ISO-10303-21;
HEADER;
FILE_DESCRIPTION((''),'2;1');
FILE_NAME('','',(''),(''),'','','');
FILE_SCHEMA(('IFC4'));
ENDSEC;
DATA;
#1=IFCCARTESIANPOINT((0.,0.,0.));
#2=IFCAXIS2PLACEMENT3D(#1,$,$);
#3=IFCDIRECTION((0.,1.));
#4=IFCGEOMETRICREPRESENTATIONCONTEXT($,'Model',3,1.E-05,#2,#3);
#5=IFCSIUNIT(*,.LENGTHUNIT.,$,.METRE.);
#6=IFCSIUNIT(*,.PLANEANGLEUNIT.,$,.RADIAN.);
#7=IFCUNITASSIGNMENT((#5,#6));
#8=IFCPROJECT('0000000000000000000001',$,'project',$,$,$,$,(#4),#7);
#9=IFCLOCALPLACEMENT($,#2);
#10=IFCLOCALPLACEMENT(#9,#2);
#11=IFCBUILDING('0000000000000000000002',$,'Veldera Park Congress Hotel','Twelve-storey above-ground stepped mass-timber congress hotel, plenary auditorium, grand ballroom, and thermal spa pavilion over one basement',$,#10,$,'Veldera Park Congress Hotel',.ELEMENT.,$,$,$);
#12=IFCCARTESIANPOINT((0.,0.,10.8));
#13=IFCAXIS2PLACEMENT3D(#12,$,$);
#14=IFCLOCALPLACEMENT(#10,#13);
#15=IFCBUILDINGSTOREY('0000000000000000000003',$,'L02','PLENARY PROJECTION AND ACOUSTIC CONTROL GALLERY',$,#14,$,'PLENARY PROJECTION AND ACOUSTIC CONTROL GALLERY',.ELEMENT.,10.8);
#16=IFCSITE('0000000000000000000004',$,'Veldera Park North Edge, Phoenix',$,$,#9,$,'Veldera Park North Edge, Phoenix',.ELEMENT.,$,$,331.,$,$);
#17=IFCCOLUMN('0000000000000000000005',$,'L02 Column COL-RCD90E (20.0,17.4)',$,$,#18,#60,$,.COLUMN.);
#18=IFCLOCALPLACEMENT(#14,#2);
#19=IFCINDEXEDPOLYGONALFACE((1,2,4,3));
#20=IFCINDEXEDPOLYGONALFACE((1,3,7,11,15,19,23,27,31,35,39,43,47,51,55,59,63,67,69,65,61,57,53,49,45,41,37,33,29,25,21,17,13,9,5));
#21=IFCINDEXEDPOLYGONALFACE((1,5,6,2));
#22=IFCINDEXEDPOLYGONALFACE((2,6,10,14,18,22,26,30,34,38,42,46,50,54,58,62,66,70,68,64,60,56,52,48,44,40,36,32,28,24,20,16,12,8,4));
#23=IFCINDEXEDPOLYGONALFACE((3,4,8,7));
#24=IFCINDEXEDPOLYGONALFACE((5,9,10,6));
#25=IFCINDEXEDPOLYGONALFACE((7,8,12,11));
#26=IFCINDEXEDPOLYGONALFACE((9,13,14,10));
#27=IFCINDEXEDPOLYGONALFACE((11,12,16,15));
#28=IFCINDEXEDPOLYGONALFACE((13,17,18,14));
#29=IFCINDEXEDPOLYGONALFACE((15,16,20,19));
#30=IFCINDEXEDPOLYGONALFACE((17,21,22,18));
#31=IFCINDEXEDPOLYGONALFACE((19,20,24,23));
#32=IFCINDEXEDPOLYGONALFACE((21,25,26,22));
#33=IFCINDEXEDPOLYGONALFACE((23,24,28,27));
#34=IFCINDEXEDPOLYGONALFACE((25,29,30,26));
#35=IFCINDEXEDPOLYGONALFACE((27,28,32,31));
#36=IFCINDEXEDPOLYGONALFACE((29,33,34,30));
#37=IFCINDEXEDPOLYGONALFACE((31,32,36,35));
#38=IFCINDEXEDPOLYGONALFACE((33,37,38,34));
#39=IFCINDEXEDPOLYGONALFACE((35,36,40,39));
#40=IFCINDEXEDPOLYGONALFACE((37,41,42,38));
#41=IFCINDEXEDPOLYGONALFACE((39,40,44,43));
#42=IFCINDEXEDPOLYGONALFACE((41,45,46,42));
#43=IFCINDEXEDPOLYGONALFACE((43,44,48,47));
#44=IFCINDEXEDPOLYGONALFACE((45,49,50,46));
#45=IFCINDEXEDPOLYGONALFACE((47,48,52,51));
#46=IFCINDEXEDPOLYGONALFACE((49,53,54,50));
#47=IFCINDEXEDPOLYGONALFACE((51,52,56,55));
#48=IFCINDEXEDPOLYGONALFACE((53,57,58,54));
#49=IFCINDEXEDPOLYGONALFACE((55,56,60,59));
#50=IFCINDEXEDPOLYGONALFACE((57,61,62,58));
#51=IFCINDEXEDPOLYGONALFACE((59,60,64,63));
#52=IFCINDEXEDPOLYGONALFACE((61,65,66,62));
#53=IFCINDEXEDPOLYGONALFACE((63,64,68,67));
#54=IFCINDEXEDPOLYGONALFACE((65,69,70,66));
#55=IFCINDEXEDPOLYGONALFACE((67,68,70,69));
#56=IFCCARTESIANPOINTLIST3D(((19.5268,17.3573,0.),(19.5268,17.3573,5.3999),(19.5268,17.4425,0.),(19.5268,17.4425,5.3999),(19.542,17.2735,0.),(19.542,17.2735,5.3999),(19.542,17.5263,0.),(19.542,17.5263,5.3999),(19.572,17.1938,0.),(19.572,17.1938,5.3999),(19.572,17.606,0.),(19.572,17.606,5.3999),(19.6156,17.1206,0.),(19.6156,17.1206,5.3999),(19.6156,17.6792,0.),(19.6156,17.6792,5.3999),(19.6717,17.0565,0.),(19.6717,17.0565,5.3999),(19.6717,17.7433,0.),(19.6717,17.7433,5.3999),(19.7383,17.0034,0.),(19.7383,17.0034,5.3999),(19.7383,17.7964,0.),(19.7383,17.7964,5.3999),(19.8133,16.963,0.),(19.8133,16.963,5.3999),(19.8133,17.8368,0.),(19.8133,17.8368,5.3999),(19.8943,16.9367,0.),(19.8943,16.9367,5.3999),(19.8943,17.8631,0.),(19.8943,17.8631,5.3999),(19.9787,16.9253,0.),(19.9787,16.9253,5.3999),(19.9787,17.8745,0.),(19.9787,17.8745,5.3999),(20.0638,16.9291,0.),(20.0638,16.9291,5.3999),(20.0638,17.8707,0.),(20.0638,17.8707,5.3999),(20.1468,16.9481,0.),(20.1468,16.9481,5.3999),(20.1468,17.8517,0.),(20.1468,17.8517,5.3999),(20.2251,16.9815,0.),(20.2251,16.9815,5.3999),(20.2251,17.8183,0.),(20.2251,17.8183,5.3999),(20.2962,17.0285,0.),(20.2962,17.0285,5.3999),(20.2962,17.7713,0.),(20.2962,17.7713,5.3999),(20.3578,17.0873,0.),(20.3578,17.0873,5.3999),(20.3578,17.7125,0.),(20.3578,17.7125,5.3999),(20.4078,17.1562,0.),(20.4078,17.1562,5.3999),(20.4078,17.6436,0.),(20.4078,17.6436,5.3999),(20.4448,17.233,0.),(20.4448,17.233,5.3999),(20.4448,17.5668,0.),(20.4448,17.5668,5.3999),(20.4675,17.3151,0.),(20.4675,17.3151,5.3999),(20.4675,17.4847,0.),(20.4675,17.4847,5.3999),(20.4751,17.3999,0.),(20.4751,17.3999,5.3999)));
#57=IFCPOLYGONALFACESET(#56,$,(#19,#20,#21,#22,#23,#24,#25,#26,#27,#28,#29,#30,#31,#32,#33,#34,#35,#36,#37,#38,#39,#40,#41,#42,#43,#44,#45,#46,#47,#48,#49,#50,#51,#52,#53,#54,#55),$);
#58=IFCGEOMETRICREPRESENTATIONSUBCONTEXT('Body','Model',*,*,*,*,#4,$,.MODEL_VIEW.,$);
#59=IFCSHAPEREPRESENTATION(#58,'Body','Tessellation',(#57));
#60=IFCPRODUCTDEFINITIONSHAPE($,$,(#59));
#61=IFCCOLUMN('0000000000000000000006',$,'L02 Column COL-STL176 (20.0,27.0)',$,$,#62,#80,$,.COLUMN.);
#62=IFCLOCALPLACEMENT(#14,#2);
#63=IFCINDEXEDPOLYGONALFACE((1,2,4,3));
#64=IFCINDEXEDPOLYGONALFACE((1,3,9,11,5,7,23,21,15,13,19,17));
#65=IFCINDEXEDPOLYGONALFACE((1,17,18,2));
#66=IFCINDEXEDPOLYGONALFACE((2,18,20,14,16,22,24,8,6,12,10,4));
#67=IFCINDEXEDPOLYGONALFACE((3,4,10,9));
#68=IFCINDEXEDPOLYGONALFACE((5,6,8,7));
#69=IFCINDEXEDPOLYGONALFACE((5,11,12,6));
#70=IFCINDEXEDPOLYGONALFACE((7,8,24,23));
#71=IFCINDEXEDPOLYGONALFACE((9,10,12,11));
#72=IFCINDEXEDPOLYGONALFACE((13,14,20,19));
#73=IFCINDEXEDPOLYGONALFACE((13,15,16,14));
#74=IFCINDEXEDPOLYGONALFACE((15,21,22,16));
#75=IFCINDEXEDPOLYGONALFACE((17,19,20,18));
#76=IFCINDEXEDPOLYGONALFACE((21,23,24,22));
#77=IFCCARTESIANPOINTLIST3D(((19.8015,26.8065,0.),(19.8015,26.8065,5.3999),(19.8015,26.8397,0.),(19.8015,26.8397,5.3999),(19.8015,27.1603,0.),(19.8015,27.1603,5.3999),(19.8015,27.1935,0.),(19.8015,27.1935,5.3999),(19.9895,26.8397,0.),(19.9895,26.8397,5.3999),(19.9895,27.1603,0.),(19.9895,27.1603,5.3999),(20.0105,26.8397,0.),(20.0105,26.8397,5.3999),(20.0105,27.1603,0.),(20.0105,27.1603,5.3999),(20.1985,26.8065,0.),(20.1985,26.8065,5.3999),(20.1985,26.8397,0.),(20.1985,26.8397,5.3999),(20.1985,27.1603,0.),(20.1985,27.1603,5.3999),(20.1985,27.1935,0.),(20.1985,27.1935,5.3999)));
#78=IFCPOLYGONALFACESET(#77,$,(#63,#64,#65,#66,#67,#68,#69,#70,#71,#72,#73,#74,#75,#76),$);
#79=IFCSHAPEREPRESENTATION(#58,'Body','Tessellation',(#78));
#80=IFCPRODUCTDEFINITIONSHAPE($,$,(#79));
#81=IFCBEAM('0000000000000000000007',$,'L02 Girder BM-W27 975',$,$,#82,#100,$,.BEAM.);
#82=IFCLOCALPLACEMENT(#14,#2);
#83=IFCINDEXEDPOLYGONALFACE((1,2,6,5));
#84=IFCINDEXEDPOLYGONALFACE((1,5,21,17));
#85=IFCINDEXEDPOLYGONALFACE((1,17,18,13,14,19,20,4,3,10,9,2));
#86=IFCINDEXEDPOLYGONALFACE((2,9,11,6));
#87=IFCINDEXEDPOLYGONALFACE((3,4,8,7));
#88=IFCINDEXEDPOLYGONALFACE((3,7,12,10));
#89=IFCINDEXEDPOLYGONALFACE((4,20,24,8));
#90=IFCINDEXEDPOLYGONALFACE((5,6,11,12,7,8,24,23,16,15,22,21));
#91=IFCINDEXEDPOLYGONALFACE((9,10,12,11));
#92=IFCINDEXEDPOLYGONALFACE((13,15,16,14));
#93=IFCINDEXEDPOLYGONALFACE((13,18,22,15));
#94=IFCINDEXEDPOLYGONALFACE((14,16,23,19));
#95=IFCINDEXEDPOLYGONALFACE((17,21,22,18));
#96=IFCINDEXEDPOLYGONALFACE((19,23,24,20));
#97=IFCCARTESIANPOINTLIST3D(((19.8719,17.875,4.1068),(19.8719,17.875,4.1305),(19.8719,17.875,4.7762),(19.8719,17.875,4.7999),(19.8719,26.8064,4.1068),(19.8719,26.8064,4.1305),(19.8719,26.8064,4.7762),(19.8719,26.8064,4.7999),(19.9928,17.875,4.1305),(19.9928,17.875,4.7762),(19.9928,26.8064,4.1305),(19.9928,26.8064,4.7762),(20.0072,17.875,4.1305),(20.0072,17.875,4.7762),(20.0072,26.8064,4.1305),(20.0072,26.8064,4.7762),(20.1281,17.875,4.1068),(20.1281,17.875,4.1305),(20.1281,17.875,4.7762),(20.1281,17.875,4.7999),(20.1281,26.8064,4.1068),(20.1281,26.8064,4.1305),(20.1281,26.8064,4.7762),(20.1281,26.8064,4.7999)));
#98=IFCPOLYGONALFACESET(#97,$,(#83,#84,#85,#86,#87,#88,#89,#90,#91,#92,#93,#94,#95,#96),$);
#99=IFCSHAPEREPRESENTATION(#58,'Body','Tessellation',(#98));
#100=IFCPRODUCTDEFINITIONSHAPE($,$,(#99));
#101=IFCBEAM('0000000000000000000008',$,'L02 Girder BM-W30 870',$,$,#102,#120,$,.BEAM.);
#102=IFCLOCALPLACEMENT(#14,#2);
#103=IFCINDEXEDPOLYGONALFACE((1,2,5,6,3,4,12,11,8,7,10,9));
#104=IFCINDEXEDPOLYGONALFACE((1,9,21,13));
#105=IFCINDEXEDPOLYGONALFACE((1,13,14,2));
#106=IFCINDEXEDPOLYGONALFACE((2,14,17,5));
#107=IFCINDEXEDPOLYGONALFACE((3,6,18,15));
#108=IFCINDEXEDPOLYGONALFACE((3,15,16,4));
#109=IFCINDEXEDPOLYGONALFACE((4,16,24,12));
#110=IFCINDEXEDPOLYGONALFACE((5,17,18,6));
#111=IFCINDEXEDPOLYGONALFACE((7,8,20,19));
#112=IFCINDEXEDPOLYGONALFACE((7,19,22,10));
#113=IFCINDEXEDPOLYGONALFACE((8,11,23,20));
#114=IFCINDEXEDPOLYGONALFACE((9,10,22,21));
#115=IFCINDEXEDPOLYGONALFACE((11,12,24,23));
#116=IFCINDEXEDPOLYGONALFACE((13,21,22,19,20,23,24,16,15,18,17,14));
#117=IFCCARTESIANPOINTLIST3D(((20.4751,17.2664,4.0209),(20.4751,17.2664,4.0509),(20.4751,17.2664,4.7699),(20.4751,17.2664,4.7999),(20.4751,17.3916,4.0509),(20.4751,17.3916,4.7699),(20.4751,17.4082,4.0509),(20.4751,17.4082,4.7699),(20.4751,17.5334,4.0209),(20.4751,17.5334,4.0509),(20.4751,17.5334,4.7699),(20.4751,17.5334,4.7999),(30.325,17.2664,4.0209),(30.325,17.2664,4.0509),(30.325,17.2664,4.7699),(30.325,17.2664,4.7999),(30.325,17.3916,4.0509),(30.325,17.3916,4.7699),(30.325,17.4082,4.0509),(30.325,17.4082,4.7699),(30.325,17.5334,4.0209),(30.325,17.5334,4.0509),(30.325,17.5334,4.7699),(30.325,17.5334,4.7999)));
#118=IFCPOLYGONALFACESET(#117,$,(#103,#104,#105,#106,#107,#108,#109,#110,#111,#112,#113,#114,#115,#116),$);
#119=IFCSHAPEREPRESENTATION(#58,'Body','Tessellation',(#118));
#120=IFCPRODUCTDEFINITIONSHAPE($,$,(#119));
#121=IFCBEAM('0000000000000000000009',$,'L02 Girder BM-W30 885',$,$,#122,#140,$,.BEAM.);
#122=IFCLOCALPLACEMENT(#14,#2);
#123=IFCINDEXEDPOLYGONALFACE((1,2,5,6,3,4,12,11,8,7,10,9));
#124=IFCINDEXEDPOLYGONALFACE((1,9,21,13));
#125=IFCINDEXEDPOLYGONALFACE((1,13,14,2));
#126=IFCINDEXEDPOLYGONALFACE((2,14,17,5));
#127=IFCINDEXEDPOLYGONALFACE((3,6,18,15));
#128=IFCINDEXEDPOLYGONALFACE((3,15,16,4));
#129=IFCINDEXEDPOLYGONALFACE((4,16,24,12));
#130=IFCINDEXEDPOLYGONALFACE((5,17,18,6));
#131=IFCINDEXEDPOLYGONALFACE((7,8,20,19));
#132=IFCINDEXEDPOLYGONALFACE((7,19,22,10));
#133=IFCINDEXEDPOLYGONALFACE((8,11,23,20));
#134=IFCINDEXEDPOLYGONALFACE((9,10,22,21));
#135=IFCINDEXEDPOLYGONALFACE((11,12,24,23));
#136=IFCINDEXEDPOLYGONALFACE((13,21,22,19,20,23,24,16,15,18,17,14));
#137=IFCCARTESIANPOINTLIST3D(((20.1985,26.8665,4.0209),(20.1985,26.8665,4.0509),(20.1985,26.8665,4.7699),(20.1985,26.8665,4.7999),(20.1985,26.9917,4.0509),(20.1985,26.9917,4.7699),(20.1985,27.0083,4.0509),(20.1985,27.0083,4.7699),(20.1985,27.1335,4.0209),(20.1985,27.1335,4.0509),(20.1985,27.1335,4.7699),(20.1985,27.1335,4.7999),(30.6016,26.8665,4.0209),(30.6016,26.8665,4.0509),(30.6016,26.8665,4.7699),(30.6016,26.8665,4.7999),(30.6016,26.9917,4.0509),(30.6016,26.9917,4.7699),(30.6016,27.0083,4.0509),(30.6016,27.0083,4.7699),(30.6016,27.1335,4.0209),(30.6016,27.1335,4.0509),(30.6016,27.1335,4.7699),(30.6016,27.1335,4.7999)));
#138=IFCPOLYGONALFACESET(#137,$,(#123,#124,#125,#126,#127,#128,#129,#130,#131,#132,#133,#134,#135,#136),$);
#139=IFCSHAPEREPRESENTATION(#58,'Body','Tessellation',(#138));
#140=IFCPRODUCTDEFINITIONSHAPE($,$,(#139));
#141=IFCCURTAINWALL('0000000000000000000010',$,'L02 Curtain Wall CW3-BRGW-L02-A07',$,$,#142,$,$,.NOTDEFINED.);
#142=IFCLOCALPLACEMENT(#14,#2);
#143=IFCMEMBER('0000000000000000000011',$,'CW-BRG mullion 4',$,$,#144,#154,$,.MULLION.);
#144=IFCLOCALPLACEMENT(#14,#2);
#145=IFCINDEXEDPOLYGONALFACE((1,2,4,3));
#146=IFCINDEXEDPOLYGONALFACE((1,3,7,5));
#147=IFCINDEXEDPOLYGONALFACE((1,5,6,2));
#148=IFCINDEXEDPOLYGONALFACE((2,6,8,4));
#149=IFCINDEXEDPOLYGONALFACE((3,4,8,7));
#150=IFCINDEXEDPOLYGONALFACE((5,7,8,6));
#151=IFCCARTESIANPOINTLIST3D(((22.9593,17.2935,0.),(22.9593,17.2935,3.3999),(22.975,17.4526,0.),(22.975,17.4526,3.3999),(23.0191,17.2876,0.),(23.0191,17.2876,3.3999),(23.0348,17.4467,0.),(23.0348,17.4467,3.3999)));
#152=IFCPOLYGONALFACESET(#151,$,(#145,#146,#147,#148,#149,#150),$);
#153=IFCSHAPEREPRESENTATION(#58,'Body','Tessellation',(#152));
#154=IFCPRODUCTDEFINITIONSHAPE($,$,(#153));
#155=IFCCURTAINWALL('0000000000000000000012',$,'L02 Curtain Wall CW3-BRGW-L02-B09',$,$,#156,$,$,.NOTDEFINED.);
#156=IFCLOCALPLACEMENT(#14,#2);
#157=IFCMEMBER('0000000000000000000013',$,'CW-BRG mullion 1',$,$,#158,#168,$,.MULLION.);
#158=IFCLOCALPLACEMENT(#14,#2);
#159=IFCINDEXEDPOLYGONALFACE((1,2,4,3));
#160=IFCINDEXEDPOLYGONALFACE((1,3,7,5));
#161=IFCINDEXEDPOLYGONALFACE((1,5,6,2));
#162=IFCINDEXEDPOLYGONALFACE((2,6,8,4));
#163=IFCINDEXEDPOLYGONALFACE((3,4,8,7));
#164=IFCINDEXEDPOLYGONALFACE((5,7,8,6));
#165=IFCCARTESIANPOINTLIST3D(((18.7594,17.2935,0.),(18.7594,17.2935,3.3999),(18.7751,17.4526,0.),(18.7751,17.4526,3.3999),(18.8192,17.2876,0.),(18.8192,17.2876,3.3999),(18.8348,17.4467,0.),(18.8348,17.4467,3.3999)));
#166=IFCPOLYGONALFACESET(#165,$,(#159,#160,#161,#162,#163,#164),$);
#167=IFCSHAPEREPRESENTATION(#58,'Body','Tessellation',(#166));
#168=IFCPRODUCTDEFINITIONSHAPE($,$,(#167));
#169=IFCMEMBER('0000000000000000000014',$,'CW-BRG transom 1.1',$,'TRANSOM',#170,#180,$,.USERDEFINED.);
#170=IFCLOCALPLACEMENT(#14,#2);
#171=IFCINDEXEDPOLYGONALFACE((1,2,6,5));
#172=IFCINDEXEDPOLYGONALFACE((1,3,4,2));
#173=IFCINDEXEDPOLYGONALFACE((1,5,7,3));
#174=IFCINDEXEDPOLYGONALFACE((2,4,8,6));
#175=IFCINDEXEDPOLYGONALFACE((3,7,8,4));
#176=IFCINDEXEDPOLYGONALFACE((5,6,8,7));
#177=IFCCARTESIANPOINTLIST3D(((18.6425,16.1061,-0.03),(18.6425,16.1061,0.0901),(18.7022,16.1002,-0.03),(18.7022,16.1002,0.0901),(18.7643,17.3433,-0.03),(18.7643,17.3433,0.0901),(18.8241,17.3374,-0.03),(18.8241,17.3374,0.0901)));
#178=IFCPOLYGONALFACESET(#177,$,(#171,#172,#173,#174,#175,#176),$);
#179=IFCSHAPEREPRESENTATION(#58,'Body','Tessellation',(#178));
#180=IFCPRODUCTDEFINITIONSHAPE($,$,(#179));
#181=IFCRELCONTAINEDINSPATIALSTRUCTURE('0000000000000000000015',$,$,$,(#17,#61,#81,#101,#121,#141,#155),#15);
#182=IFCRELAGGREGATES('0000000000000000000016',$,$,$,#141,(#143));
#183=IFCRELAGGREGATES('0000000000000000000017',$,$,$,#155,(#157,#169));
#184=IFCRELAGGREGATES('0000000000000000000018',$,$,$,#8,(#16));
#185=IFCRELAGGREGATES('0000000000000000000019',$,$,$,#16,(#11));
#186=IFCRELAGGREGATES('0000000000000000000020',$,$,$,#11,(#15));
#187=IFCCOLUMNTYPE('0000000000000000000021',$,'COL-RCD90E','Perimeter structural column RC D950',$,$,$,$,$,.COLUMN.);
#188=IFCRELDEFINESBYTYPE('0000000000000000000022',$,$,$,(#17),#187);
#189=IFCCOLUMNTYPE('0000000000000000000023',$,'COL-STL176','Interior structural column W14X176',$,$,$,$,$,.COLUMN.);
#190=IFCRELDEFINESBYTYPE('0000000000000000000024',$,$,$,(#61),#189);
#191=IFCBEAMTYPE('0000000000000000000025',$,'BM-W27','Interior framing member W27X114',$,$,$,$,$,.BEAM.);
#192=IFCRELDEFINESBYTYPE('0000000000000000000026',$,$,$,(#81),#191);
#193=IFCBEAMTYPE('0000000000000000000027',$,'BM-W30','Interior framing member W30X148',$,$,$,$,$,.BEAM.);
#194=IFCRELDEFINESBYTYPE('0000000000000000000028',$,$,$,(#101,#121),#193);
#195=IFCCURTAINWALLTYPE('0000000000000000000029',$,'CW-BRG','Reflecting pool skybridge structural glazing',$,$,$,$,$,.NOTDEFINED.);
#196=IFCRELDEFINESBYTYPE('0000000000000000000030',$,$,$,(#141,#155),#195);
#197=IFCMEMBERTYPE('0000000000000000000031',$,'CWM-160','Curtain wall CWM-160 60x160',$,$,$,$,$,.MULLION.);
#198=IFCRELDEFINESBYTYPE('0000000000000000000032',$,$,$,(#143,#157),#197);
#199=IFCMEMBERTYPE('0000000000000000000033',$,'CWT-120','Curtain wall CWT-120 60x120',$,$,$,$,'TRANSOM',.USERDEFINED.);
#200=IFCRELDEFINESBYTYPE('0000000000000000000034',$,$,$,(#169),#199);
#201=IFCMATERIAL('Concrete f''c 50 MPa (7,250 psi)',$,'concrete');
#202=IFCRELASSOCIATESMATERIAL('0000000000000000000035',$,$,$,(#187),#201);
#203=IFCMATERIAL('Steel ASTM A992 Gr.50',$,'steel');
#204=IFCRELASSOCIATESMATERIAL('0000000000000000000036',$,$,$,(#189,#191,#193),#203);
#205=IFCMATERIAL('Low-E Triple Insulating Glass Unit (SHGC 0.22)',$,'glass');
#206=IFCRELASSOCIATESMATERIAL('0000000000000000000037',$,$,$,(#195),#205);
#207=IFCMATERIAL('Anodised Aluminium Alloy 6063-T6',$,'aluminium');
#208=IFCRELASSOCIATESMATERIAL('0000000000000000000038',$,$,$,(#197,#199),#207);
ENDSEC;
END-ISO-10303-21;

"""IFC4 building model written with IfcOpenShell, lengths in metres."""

from ifc_helpers import new_model, si_unit, direction, frame, origin, origin_2d, place, context, subcontext, project, spatial, rectangle, circle, i_section, extrude, material, material_profile, profile_set, type_object, element, aggregate, save


model = new_model("IFC4")

# Units and contexts
model_context = context("Model", 3, precision=1e-05, world=origin(), true_north=direction((0.0, 1.0)))
body_context = subcontext(model_context, "Body", "Model", "MODEL_VIEW")
ifc_project = project(units=[si_unit("LENGTHUNIT", "METRE"), si_unit("PLANEANGLEUNIT", "RADIAN")], contexts=[model_context])

# Site, building, storey
site_placement = place(None, origin())
site = spatial("IfcSite", under=ifc_project, at=site_placement, Name="Veldera Park North Edge, Phoenix", LongName="Veldera Park North Edge, Phoenix", CompositionType="ELEMENT", RefElevation=331.0)
building_placement = place(site_placement, origin())
building = spatial("IfcBuilding", under=site, at=building_placement, Name="Veldera Park Congress Hotel", Description="Twelve-storey above-ground stepped mass-timber congress hotel, plenary auditorium, grand ballroom, and thermal spa pavilion over one basement", LongName="Veldera Park Congress Hotel", CompositionType="ELEMENT")
storey_placement = place(building_placement, frame((0.0, 0.0, 10.8)))
storey = spatial("IfcBuildingStorey", under=building, at=storey_placement, Name="L02", Description="PLENARY PROJECTION AND ACOUSTIC CONTROL GALLERY", LongName="PLENARY PROJECTION AND ACOUSTIC CONTROL GALLERY", CompositionType="ELEMENT", Elevation=10.8)

# Columns
ifc_material_1 = material(Name="Concrete f'c 50 MPa (7,250 psi)", Category="concrete")
ifc_material_profile_1 = material_profile(ifc_material_1, circle(Radius=0.4751, at=origin_2d()), Name="RC D950")
ifc_profile_set_1 = profile_set([ifc_material_profile_1], Name="Concrete f'c 50 MPa (7,250 psi)")
column_type_1 = type_object("IfcColumnType", Name="COL-RCD90E", Description="Perimeter structural column RC D950", PredefinedType="COLUMN", material=ifc_profile_set_1)
column_1_placement = place(storey_placement, frame((20.0, 17.3999, 0.0), z_axis=(0.0, 0.0, 1.0), x_axis=(1.0, 0.0, 0.0)))
element("IfcColumn", 1, at=column_1_placement, inside=storey, type_object=column_type_1, Name="L02 Column COL-RCD90E (20.0,17.4)", PredefinedType="COLUMN", context=body_context, shape_type="SweptSolid", body=[
    extrude(circle(Radius=0.4751, at=origin_2d()), origin(), (0.0, 0.0, 1.0), 5.3999),
])
ifc_material_2 = material(Name="Steel ASTM A992 Gr.50", Category="steel")
ifc_material_profile_2 = material_profile(ifc_material_2, i_section(OverallWidth=0.397, OverallDepth=0.387, WebThickness=0.021, FlangeThickness=0.0332, at=origin_2d()), Name="W14X176")
ifc_profile_set_2 = profile_set([ifc_material_profile_2], Name="Steel ASTM A992 Gr.50")
column_type_2 = type_object("IfcColumnType", Name="COL-STL176", Description="Interior structural column W14X176", PredefinedType="COLUMN", material=ifc_profile_set_2)
column_2_placement = place(storey_placement, frame((20.0, 27.0, 0.0), z_axis=(0.0, 0.0, 1.0), x_axis=(1.0, 0.0, 0.0)))
element("IfcColumn", 2, at=column_2_placement, inside=storey, type_object=column_type_2, Name="L02 Column COL-STL176 (20.0,27.0)", PredefinedType="COLUMN", context=body_context, shape_type="SweptSolid", body=[
    extrude(i_section(OverallWidth=0.397, OverallDepth=0.387, WebThickness=0.021, FlangeThickness=0.0332, at=origin_2d()), origin(), (0.0, 0.0, 1.0), 5.3999),
])

# Beams
ifc_material_profile_3 = material_profile(ifc_material_2, i_section(OverallWidth=0.2561, OverallDepth=0.6931, WebThickness=0.0144, FlangeThickness=0.0237, at=origin_2d()), Name="W27X114")
ifc_profile_set_3 = profile_set([ifc_material_profile_3], Name="Steel ASTM A992 Gr.50")
beam_type_1 = type_object("IfcBeamType", Name="BM-W27", Description="Interior framing member W27X114", PredefinedType="BEAM", material=ifc_profile_set_3)
beam_1_placement = place(storey_placement, frame((20.0, 17.875, 4.4534), z_axis=(0.0, 1.0, 0.0), x_axis=(-1.0, 0.0, 0.0)))
element("IfcBeam", 3, at=beam_1_placement, inside=storey, type_object=beam_type_1, Name="L02 Girder BM-W27 975", PredefinedType="BEAM", context=body_context, shape_type="SweptSolid", body=[
    extrude(i_section(OverallWidth=0.2561, OverallDepth=0.6931, WebThickness=0.0144, FlangeThickness=0.0237, at=origin_2d()), origin(), (0.0, 0.0, 1.0), 8.9314),
])
ifc_material_profile_4 = material_profile(ifc_material_2, i_section(OverallWidth=0.2671, OverallDepth=0.7791, WebThickness=0.0166, FlangeThickness=0.03, at=origin_2d()), Name="W30X148")
ifc_profile_set_4 = profile_set([ifc_material_profile_4], Name="Steel ASTM A992 Gr.50")
beam_type_2 = type_object("IfcBeamType", Name="BM-W30", Description="Interior framing member W30X148", PredefinedType="BEAM", material=ifc_profile_set_4)
beam_2_placement = place(storey_placement, frame((20.4751, 17.3999, 4.4104), z_axis=(1.0, 0.0, 0.0), x_axis=(0.0, 1.0, 0.0)))
element("IfcBeam", 4, at=beam_2_placement, inside=storey, type_object=beam_type_2, Name="L02 Girder BM-W30 870", PredefinedType="BEAM", context=body_context, shape_type="SweptSolid", body=[
    extrude(i_section(OverallWidth=0.2671, OverallDepth=0.7791, WebThickness=0.0166, FlangeThickness=0.03, at=origin_2d()), origin(), (0.0, 0.0, 1.0), 9.8499),
])
beam_3_placement = place(storey_placement, frame((20.1985, 27.0, 4.4104), z_axis=(1.0, 0.0, 0.0), x_axis=(0.0, 1.0, 0.0)))
element("IfcBeam", 5, at=beam_3_placement, inside=storey, type_object=beam_type_2, Name="L02 Girder BM-W30 885", PredefinedType="BEAM", context=body_context, shape_type="SweptSolid", body=[
    extrude(i_section(OverallWidth=0.2671, OverallDepth=0.7791, WebThickness=0.0166, FlangeThickness=0.03, at=origin_2d()), origin(), (0.0, 0.0, 1.0), 10.4031),
])

# Curtain wall, member
ifc_material_3 = material(Name="Low-E Triple Insulating Glass Unit (SHGC 0.22)", Category="glass")
curtain_wall_type = type_object("IfcCurtainWallType", Name="CW-BRG", Description="Reflecting pool skybridge structural glazing", PredefinedType="NOTDEFINED", material=ifc_material_3)
curtain_wall_1_placement = place(storey_placement, origin())
curtain_wall_1 = element("IfcCurtainWall", 6, at=curtain_wall_1_placement, inside=storey, type_object=curtain_wall_type, Name="L02 Curtain Wall CW3-BRGW-L02-A07", PredefinedType="NOTDEFINED")
ifc_material_4 = material(Name="Anodised Aluminium Alloy 6063-T6", Category="aluminium")
ifc_material_profile_5 = material_profile(ifc_material_4, rectangle(XDim=0.0601, YDim=0.1599, at=origin_2d()), Name="ALU 60x160")
ifc_profile_set_5 = profile_set([ifc_material_profile_5], Name="Anodised Aluminium Alloy 6063-T6")
member_type_1 = type_object("IfcMemberType", Name="CWM-160", Description="Curtain wall CWM-160 60x160", PredefinedType="MULLION", material=ifc_profile_set_5)
member_1_placement = place(storey_placement, frame((22.9971, 17.3701, 0.0), z_axis=(0.0, 0.0, 1.0), x_axis=(-0.995184, 0.098021, 0.0)))
member_1 = element("IfcMember", 7, at=member_1_placement, type_object=member_type_1, Name="CW-BRG mullion 4", PredefinedType="MULLION", context=body_context, shape_type="SweptSolid", body=[
    extrude(rectangle(XDim=0.0601, YDim=0.1599, at=origin_2d()), origin(), (0.0, 0.0, 1.0), 3.3999),
])
aggregate(curtain_wall_1, [member_1])

# Curtain wall, members
curtain_wall_2_placement = place(storey_placement, origin())
curtain_wall_2 = element("IfcCurtainWall", 8, at=curtain_wall_2_placement, inside=storey, type_object=curtain_wall_type, Name="L02 Curtain Wall CW3-BRGW-L02-B09", PredefinedType="NOTDEFINED")
member_2_placement = place(storey_placement, frame((18.7971, 17.3701, 0.0), z_axis=(0.0, 0.0, 1.0), x_axis=(0.995184, -0.098023, 0.0)))
member_2 = element("IfcMember", 9, at=member_2_placement, type_object=member_type_1, Name="CW-BRG mullion 1", PredefinedType="MULLION", context=body_context, shape_type="SweptSolid", body=[
    extrude(rectangle(XDim=0.0601, YDim=0.1599, at=origin_2d()), origin(), (0.0, 0.0, 1.0), 3.3999),
])
ifc_material_profile_6 = material_profile(ifc_material_4, rectangle(XDim=0.0601, YDim=0.1201, at=origin_2d()), Name="ALU 60x120")
ifc_profile_set_6 = profile_set([ifc_material_profile_6], Name="Anodised Aluminium Alloy 6063-T6")
member_type_2 = type_object("IfcMemberType", Name="CWT-120", Description="Curtain wall CWT-120 60x120", ElementType="TRANSOM", PredefinedType="USERDEFINED", material=ifc_profile_set_6)
member_3_placement = place(storey_placement, frame((18.7942, 17.3403, 0.03), z_axis=(-0.098006, -0.995186, 0.0), x_axis=(0.995186, -0.098006, 0.0)))
member_3 = element("IfcMember", 10, at=member_3_placement, type_object=member_type_2, Name="CW-BRG transom 1.1", ObjectType="TRANSOM", PredefinedType="USERDEFINED", context=body_context, shape_type="SweptSolid", body=[
    extrude(rectangle(XDim=0.0601, YDim=0.1201, at=origin_2d()), origin(), (0.0, 0.0, 1.0), 1.2432),
])
aggregate(curtain_wall_2, [member_2, member_3])

save(model, "model.ifc")
